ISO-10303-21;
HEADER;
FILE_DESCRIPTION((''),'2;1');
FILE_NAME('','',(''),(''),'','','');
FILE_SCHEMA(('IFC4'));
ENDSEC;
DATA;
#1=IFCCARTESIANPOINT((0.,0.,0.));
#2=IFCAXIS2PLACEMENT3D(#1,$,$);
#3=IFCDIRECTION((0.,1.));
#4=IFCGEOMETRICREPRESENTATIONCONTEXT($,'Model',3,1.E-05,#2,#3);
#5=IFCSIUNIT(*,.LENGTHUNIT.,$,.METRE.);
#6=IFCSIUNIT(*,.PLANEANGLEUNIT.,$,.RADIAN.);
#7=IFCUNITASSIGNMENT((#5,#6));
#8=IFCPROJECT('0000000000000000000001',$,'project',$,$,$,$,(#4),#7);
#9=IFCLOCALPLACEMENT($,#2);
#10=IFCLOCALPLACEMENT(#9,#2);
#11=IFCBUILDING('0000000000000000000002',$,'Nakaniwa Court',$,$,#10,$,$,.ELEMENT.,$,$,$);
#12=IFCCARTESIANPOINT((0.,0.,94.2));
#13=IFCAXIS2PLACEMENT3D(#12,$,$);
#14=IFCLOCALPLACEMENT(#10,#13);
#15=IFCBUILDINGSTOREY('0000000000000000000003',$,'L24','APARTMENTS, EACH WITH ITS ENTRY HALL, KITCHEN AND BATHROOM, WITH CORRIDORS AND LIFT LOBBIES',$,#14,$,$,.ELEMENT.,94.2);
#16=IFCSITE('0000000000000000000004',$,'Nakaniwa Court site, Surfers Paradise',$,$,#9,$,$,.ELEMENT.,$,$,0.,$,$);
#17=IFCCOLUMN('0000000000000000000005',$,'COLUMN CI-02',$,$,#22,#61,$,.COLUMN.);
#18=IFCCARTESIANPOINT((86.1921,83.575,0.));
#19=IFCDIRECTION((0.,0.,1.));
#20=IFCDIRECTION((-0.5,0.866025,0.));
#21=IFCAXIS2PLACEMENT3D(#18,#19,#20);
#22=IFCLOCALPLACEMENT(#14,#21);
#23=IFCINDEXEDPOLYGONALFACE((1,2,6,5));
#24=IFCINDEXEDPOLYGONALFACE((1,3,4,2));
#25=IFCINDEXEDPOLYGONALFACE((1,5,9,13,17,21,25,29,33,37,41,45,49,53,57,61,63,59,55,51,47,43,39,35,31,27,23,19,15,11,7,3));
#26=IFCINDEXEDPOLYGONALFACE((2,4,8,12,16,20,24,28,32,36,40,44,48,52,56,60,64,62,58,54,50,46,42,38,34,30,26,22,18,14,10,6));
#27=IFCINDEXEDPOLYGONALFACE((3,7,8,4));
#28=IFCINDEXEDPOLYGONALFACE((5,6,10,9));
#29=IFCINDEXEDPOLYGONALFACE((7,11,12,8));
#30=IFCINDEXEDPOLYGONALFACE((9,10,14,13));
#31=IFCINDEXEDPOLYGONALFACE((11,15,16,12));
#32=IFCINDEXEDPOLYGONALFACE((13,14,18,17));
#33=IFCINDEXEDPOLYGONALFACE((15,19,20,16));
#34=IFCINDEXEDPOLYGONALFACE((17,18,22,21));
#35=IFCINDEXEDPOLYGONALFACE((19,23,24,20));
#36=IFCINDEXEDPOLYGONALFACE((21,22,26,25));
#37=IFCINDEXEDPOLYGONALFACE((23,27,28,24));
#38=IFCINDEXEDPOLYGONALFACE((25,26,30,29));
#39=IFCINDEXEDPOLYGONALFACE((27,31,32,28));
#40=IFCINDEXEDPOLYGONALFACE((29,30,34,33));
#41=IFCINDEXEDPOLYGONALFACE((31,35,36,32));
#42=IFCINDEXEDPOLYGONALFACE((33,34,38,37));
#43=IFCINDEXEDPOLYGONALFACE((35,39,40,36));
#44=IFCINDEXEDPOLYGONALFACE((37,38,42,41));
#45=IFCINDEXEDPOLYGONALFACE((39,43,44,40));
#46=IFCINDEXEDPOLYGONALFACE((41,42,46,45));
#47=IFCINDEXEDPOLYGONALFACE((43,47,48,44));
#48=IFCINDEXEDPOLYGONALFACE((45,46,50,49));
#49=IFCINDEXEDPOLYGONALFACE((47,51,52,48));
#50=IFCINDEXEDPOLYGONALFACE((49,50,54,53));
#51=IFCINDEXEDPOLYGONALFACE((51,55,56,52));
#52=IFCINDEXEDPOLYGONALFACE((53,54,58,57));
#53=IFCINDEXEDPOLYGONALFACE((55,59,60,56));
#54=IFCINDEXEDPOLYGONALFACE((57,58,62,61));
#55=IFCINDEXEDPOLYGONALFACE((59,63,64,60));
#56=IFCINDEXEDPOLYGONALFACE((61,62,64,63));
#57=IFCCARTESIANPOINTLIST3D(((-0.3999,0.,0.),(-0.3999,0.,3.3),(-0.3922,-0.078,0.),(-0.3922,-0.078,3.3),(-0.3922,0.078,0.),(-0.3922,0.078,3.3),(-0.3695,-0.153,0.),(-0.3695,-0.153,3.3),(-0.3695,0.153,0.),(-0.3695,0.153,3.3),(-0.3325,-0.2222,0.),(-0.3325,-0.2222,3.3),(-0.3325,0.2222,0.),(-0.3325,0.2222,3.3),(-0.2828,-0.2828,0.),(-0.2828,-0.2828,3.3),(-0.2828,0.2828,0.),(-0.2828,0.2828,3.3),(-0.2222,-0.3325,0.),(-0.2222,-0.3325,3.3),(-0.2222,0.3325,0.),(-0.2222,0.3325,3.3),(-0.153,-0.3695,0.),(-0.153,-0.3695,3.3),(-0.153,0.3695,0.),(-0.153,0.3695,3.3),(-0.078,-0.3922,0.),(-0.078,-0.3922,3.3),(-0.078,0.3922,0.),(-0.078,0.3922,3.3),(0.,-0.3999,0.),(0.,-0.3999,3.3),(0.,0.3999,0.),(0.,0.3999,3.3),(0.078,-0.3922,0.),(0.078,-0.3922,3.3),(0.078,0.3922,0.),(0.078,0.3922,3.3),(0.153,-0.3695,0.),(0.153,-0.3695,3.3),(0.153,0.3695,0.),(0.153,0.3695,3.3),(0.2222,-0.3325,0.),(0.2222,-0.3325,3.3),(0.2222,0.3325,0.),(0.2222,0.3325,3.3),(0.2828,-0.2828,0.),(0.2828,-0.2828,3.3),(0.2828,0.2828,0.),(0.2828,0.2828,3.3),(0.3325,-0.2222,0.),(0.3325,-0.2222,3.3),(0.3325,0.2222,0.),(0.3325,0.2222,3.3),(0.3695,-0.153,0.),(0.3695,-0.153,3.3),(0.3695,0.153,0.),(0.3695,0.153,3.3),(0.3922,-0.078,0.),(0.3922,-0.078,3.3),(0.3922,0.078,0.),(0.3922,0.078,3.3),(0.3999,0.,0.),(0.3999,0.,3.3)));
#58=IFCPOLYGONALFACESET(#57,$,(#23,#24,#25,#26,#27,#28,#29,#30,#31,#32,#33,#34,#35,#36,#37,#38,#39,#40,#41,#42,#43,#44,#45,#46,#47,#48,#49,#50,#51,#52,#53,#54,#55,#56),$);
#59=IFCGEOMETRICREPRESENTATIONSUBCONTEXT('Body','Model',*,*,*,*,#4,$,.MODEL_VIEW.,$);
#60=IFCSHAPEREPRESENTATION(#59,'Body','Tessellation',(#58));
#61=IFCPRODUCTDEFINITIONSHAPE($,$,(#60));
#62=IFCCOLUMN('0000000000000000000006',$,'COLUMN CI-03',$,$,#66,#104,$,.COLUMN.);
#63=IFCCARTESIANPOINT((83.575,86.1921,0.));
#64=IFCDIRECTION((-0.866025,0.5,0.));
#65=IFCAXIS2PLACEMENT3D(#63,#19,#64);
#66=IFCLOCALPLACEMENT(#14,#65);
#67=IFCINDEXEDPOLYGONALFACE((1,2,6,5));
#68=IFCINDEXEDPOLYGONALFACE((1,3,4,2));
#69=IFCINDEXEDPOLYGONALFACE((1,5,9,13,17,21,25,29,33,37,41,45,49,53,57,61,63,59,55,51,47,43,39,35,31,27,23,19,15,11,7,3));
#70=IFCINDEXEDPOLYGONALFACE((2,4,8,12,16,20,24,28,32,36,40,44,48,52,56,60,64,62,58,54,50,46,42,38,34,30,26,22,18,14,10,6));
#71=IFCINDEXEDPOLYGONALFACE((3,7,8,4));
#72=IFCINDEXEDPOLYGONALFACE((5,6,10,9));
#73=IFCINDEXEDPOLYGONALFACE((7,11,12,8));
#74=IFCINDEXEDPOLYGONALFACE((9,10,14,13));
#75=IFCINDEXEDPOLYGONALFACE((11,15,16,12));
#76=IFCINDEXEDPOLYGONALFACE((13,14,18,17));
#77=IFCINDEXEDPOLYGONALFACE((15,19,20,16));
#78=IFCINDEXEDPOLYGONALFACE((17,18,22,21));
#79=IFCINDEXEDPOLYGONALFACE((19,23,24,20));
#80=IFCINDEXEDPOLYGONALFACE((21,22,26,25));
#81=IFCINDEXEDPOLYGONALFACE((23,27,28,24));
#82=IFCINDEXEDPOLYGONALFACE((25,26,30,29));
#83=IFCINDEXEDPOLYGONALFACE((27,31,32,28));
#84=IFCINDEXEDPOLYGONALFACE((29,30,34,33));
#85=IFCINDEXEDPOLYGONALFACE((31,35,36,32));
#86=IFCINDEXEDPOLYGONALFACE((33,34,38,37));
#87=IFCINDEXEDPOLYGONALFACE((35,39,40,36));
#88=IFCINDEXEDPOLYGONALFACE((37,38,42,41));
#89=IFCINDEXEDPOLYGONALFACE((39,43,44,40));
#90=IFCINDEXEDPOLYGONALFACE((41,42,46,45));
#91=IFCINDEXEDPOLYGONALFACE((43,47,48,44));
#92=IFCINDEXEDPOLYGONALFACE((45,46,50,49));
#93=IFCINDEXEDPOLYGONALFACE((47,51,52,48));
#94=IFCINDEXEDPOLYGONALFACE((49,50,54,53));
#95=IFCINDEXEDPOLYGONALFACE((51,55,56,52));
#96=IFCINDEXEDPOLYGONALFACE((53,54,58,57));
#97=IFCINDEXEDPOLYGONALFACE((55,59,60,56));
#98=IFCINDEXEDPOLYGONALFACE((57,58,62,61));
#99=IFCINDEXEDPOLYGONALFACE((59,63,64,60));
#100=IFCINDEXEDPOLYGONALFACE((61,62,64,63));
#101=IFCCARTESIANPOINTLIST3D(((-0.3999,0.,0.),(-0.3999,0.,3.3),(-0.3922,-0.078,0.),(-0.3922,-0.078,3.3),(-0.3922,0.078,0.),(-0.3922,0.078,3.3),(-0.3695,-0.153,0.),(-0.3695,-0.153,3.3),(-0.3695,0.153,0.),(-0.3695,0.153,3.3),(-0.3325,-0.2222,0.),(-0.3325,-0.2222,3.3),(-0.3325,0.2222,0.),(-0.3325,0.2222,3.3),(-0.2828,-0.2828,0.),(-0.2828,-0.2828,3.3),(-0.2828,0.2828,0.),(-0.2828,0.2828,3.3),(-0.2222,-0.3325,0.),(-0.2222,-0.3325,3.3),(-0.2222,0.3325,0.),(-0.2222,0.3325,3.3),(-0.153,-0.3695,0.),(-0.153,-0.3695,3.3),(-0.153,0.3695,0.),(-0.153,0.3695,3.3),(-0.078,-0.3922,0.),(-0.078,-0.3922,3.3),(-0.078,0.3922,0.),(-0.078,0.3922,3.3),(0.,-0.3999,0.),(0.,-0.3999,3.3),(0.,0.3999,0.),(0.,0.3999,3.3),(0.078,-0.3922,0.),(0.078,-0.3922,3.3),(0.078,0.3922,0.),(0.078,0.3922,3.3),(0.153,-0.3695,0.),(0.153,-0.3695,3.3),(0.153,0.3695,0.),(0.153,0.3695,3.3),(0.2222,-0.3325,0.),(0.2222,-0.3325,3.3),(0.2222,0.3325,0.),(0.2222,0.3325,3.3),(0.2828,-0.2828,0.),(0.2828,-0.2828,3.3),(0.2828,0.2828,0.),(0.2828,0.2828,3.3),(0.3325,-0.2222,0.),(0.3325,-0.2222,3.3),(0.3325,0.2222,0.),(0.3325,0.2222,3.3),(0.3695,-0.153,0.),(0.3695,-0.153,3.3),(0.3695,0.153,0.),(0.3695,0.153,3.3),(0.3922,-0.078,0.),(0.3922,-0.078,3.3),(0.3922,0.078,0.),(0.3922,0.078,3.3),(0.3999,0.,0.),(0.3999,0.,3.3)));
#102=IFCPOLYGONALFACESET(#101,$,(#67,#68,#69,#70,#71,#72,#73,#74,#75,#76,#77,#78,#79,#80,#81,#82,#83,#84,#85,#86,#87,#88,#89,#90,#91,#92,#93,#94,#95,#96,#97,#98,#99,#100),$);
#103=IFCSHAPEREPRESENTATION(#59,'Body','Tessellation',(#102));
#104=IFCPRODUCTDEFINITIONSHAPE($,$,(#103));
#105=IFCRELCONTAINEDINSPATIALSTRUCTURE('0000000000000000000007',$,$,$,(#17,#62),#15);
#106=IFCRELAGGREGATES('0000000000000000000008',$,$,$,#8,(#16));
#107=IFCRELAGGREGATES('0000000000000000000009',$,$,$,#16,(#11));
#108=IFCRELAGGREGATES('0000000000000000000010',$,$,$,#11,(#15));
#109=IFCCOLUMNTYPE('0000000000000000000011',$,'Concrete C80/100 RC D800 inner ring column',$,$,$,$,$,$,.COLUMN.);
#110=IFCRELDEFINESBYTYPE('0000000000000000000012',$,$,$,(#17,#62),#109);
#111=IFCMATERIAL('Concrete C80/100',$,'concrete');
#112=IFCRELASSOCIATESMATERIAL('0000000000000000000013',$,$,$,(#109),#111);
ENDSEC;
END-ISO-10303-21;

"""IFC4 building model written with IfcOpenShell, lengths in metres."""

from ifc_helpers import new_model, si_unit, direction, frame, origin, origin_2d, place, context, subcontext, project, spatial, circle, extrude, material, material_profile, profile_set, type_object, element, save


model = new_model("IFC4")

# Units and contexts
model_context = context("Model", 3, precision=1e-05, world=origin(), true_north=direction((0.0, 1.0)))
body_context = subcontext(model_context, "Body", "Model", "MODEL_VIEW")
ifc_project = project(units=[si_unit("LENGTHUNIT", "METRE"), si_unit("PLANEANGLEUNIT", "RADIAN")], contexts=[model_context])

# Site, building, storey
site_placement = place(None, origin())
site = spatial("IfcSite", under=ifc_project, at=site_placement, Name="Nakaniwa Court site, Surfers Paradise", CompositionType="ELEMENT", RefElevation=0.0)
building_placement = place(site_placement, origin())
building = spatial("IfcBuilding", under=site, at=building_placement, Name="Nakaniwa Court", CompositionType="ELEMENT")
storey_placement = place(building_placement, frame((0.0, 0.0, 94.2)))
storey = spatial("IfcBuildingStorey", under=building, at=storey_placement, Name="L24", Description="APARTMENTS, EACH WITH ITS ENTRY HALL, KITCHEN AND BATHROOM, WITH CORRIDORS AND LIFT LOBBIES", CompositionType="ELEMENT", Elevation=94.2)

# Columns
ifc_material_1 = material(Name="Concrete C80/100", Category="concrete")
ifc_material_profile_1 = material_profile(ifc_material_1, circle(Radius=0.3999, at=origin_2d()), Name="Concrete C80/100 RC D800 inner ring column")
ifc_profile_set_1 = profile_set([ifc_material_profile_1], Name="Concrete C80/100")
column_type = type_object("IfcColumnType", Name="Concrete C80/100 RC D800 inner ring column", PredefinedType="COLUMN", material=ifc_profile_set_1)
for number, where, z_axis, x_axis, name in (
    (1, (86.1921, 83.575, 0.0), (0.0, 0.0, 1.0), (-0.5, 0.866025, 0.0), "COLUMN CI-02"),
    (2, (83.575, 86.1921, 0.0), (0.0, 0.0, 1.0), (-0.866025, 0.5, 0.0), "COLUMN CI-03"),
):
    element("IfcColumn", number, at=place(storey_placement, frame(where, z_axis=z_axis, x_axis=x_axis)), inside=storey, type_object=column_type, Name=name, PredefinedType="COLUMN", context=body_context, shape_type="SweptSolid", body=[
        extrude(circle(Radius=0.3999, at=origin_2d()), origin(), (0.0, 0.0, 1.0), 3.3),
    ])

save(model, "model.ifc")
